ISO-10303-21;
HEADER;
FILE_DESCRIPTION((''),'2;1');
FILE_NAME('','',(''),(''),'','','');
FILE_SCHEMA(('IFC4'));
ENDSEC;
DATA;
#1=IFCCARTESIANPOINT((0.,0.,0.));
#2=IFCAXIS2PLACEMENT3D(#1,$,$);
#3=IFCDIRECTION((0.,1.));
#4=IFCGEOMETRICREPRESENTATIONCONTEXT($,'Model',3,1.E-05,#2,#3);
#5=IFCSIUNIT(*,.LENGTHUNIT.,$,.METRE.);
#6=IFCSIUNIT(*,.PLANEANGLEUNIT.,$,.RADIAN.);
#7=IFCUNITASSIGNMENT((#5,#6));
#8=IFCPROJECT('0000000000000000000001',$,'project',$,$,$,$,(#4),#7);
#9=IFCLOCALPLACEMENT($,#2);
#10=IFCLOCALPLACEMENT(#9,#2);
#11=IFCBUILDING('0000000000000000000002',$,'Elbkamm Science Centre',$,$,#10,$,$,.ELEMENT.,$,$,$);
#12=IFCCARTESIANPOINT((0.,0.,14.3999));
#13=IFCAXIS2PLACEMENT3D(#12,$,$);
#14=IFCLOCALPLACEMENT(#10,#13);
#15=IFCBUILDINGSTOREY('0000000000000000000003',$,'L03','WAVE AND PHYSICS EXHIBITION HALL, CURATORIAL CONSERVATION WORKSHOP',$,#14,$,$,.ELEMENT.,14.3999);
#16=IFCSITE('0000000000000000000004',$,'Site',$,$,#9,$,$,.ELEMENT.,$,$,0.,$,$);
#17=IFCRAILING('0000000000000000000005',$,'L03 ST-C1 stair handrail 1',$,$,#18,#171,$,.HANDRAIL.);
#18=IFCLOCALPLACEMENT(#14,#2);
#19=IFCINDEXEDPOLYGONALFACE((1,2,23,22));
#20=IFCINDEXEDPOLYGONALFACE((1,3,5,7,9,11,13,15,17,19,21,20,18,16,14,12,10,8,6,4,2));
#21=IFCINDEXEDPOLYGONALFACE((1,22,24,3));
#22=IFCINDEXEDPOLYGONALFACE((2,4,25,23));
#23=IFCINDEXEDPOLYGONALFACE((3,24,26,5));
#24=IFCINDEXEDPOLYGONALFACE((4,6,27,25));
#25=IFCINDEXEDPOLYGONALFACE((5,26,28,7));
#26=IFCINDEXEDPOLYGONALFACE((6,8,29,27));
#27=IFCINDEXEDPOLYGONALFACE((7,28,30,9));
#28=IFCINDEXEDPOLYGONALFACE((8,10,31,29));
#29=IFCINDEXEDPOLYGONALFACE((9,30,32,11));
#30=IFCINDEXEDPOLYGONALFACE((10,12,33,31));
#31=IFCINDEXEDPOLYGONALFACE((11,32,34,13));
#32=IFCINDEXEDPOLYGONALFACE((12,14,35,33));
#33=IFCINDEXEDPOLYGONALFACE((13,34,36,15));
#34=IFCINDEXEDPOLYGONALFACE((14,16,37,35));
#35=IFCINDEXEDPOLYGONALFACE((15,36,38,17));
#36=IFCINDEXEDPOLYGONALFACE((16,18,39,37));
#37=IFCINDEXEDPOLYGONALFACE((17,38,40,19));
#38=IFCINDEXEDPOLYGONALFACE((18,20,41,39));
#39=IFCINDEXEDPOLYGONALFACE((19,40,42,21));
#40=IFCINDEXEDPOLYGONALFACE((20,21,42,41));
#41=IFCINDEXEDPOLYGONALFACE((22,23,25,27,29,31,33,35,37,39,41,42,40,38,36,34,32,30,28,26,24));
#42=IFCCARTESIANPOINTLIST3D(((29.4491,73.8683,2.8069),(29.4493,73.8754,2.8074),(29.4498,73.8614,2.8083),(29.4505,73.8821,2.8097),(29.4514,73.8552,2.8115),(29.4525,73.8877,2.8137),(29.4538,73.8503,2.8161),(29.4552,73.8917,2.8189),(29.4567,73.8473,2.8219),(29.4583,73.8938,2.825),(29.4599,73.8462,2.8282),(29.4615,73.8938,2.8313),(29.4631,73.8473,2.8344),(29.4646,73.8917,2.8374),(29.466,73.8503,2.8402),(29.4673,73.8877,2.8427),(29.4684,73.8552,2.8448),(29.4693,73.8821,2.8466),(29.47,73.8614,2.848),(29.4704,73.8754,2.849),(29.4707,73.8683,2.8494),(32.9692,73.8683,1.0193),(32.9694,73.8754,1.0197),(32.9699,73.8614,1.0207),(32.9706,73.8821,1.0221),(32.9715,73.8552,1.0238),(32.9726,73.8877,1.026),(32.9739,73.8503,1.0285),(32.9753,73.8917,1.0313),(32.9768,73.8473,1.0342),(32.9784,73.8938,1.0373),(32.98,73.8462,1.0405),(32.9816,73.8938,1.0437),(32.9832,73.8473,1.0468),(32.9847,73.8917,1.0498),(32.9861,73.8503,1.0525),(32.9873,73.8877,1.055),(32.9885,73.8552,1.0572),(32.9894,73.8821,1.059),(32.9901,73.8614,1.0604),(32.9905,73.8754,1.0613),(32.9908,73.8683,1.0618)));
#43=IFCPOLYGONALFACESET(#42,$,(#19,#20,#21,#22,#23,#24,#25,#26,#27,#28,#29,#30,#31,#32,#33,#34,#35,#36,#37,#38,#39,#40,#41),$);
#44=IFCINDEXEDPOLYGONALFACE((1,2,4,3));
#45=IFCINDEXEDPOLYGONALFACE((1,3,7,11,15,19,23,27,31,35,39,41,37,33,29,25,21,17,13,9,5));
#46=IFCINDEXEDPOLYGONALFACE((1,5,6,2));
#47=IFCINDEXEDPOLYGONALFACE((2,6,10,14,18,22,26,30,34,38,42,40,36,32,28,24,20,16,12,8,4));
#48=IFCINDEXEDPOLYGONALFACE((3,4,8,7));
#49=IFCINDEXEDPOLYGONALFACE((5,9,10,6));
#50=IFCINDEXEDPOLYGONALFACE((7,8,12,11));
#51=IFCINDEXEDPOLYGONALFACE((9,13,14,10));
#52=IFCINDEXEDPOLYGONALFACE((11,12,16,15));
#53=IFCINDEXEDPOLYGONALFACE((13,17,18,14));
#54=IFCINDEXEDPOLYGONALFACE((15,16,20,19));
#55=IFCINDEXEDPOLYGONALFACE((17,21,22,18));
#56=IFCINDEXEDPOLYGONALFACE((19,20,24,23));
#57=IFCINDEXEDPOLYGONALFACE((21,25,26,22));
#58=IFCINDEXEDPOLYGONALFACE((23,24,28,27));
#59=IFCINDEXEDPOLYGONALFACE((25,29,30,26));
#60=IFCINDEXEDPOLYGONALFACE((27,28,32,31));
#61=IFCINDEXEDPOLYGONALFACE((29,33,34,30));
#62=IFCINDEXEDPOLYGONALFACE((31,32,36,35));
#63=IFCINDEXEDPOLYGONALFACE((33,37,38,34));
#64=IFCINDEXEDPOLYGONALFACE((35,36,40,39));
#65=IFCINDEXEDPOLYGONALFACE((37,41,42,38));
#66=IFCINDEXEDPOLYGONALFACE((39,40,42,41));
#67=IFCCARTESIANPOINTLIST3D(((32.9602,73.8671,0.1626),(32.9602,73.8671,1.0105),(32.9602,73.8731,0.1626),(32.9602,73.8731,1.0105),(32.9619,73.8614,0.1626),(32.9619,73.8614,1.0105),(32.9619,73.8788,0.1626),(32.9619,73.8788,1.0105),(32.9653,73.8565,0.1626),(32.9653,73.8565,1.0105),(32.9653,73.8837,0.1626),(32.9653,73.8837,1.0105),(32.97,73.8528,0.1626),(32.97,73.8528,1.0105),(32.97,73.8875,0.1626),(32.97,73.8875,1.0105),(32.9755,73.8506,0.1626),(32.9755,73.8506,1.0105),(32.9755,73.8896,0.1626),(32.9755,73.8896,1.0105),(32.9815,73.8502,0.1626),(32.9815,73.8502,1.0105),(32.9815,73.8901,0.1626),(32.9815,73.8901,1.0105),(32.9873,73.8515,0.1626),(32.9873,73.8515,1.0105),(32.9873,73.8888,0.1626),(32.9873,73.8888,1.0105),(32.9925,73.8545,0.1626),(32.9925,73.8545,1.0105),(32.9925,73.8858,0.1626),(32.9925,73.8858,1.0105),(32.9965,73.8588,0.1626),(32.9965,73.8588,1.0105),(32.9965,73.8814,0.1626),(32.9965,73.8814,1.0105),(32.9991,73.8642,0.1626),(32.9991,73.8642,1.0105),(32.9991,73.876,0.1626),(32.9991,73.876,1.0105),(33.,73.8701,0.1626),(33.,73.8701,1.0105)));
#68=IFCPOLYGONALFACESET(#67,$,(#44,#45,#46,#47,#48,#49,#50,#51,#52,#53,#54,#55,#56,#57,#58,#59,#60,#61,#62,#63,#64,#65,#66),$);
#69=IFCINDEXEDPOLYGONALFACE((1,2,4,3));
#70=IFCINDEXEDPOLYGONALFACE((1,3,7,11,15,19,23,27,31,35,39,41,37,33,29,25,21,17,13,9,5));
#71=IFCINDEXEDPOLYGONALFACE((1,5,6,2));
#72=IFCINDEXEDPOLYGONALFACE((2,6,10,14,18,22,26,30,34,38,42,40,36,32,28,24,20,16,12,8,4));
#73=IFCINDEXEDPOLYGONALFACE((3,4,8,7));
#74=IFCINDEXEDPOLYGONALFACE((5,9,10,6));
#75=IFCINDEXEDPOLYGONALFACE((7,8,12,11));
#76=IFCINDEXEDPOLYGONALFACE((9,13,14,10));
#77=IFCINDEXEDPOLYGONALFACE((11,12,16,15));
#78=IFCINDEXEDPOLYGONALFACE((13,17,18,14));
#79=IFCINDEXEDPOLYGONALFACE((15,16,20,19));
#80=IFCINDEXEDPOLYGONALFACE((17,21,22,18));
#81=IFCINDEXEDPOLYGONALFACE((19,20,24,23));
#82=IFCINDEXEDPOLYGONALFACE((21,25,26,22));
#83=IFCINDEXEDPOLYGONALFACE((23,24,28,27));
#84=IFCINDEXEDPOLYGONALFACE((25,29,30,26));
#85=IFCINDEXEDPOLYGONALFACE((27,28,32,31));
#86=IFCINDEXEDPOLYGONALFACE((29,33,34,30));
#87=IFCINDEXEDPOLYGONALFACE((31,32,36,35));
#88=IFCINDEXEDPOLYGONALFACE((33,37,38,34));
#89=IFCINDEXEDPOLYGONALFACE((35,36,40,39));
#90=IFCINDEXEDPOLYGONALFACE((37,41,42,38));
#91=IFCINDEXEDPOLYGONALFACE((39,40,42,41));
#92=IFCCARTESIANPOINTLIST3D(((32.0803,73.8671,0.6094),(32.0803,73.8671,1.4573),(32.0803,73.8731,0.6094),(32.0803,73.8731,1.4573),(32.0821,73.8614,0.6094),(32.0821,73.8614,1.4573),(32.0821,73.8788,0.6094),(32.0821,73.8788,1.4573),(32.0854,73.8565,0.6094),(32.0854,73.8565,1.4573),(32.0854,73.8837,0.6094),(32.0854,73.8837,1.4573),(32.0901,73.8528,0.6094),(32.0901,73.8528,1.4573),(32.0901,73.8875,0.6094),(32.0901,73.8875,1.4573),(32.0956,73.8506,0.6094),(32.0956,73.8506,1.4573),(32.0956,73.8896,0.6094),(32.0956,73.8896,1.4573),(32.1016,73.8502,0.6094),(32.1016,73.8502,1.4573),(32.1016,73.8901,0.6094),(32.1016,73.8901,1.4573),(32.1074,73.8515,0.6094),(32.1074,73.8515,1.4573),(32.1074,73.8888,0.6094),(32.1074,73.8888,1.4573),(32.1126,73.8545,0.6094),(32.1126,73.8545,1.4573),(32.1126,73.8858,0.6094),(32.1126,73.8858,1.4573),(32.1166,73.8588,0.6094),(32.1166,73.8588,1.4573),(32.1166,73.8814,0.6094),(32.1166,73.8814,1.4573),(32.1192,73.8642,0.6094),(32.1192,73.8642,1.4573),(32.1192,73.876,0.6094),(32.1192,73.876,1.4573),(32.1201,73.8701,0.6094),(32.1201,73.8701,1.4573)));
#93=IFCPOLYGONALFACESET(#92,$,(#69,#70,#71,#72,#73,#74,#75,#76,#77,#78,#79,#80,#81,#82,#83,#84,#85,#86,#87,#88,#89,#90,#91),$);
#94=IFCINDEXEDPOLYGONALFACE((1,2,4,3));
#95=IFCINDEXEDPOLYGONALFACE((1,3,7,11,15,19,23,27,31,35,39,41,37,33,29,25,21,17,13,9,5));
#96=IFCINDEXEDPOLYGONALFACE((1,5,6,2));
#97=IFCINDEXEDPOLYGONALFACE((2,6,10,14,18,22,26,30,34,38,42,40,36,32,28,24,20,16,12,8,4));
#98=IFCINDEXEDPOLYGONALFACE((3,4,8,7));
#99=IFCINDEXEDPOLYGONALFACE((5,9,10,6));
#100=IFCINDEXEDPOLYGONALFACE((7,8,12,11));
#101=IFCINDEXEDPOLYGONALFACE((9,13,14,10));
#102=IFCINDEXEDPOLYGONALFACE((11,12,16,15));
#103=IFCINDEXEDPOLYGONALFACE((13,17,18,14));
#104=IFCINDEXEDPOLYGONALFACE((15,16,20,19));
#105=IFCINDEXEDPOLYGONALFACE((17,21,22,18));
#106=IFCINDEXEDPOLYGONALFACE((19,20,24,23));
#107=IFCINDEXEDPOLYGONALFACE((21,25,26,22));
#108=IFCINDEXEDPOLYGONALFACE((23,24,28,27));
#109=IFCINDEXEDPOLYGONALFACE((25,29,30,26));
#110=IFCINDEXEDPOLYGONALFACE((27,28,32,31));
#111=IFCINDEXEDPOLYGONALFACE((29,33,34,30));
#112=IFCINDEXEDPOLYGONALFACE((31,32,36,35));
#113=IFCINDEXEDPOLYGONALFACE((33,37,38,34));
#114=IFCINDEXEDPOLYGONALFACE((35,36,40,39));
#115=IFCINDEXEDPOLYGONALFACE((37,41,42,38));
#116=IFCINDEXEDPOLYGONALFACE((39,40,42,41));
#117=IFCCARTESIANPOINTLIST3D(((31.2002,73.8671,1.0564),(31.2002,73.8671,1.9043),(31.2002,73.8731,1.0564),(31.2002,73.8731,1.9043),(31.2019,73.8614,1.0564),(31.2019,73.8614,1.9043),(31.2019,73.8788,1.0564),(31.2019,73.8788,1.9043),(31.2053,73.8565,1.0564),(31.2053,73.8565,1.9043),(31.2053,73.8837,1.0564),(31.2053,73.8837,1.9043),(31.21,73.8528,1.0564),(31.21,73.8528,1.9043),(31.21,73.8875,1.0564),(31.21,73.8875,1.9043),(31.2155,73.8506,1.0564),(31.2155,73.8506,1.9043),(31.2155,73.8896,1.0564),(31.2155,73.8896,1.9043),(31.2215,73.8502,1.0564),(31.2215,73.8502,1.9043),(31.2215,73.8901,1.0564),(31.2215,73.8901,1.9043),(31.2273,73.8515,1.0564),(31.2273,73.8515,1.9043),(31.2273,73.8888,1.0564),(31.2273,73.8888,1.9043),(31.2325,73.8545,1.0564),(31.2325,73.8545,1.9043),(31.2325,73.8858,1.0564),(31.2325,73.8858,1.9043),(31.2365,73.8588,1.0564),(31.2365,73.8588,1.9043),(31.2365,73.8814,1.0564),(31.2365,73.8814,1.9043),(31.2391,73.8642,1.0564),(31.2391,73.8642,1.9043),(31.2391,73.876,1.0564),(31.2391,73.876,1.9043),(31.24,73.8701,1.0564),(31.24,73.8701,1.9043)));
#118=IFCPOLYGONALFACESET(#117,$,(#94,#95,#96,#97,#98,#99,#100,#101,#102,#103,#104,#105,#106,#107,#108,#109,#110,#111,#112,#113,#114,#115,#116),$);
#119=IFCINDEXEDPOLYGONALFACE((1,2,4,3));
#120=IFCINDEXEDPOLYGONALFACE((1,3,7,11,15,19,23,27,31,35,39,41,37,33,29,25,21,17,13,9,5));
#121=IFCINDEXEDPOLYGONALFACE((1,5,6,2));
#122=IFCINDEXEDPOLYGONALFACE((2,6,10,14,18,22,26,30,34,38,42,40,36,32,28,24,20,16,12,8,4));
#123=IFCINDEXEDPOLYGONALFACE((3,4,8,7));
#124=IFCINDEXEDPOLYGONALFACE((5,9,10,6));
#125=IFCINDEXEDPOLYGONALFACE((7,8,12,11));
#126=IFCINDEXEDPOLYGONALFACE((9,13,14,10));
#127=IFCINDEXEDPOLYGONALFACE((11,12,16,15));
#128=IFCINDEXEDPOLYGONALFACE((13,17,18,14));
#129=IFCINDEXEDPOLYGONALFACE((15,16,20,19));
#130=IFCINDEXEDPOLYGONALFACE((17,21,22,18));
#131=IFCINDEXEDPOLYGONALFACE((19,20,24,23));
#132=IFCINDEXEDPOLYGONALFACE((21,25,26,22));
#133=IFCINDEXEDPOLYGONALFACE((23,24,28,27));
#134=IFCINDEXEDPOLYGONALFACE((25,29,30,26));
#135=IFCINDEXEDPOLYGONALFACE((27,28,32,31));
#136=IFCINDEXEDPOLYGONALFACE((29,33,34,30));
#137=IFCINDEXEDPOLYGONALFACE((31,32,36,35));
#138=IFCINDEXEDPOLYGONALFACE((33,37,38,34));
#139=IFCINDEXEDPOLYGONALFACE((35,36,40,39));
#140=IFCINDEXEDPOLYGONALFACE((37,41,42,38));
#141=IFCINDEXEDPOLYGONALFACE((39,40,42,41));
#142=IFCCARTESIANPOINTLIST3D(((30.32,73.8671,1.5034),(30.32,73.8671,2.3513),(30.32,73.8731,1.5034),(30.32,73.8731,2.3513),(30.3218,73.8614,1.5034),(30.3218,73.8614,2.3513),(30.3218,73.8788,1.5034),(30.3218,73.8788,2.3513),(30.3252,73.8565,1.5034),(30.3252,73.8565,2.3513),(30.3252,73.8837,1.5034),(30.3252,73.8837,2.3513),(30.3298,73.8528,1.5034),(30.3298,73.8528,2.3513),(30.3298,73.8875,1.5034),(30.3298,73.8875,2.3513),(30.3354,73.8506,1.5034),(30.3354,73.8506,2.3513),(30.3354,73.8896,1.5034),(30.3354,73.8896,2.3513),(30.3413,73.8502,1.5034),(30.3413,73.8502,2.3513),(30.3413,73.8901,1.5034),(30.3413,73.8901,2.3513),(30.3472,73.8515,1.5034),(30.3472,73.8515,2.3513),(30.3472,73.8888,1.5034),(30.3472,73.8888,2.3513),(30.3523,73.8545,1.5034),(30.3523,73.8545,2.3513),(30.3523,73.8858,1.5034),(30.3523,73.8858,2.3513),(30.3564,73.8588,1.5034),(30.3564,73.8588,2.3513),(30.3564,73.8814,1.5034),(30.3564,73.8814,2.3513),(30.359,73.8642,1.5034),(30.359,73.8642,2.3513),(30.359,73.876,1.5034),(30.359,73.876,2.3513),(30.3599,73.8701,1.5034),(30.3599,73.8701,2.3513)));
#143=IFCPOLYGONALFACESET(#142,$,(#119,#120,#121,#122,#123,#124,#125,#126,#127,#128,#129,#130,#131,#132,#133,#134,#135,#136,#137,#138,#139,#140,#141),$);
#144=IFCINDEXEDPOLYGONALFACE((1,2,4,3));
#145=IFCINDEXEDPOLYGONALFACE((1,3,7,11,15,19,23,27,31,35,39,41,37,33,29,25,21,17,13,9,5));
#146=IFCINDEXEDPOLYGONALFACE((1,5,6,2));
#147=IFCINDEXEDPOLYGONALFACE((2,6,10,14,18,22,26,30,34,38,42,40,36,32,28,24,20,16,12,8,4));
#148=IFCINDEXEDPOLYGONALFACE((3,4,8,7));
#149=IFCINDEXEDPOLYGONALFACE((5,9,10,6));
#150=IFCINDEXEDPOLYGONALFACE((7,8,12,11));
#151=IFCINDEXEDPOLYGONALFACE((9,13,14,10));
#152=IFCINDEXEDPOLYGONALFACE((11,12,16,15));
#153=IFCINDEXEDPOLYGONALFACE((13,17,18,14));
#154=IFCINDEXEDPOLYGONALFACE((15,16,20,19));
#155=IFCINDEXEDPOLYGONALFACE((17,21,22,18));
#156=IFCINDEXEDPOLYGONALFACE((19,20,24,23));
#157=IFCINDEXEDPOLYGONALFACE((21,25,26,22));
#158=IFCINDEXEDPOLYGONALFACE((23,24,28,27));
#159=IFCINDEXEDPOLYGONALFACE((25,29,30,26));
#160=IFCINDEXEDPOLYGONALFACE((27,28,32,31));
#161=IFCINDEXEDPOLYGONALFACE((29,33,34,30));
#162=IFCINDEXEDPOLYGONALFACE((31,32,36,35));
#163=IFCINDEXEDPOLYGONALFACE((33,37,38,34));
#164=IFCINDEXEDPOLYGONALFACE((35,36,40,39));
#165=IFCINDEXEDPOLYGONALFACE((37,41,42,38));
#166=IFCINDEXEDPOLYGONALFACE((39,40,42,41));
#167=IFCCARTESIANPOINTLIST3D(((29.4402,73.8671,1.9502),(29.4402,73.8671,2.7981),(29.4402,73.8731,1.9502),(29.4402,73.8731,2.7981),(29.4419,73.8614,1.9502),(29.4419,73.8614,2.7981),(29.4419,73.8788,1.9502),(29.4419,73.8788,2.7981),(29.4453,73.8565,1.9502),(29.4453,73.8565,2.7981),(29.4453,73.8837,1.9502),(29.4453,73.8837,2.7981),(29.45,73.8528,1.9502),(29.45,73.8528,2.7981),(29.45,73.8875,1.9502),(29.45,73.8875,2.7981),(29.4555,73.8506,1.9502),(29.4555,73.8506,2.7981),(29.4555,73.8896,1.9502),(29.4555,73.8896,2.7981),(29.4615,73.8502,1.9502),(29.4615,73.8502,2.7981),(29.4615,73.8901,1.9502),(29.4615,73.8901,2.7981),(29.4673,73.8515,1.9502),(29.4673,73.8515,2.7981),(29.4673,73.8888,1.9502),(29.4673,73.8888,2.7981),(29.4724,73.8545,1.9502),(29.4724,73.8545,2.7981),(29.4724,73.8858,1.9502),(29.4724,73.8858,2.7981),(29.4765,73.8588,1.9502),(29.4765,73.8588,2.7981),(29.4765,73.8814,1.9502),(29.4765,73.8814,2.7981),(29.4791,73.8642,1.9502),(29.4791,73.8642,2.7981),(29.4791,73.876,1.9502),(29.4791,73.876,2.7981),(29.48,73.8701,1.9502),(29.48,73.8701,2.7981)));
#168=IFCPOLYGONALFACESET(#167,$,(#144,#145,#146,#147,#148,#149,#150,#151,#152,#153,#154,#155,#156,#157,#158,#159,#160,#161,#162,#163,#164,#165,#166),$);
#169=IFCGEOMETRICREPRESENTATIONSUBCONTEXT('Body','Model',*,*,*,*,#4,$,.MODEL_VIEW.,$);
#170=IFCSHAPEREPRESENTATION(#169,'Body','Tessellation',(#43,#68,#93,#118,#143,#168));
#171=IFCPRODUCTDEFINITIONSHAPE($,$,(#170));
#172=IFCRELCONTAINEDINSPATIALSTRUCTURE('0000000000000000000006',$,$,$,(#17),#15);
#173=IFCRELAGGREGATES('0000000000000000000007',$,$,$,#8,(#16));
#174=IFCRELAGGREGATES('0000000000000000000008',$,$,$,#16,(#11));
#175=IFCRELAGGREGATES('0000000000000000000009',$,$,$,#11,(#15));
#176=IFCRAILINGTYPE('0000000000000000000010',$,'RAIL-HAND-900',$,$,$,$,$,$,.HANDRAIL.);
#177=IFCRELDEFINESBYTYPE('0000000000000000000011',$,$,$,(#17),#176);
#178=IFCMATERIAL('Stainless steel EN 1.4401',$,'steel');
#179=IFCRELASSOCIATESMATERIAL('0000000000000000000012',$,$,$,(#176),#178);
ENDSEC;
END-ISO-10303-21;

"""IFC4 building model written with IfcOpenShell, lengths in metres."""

from ifc_helpers import new_model, si_unit, direction, frame, origin, origin_2d, place, context, subcontext, project, spatial, circle, extrude, material, type_object, element, save


model = new_model("IFC4")

# Units and contexts
model_context = context("Model", 3, precision=1e-05, world=origin(), true_north=direction((0.0, 1.0)))
body_context = subcontext(model_context, "Body", "Model", "MODEL_VIEW")
ifc_project = project(units=[si_unit("LENGTHUNIT", "METRE"), si_unit("PLANEANGLEUNIT", "RADIAN")], contexts=[model_context])

# Site, building, storey
site_placement = place(None, origin())
site = spatial("IfcSite", under=ifc_project, at=site_placement, Name="Site", CompositionType="ELEMENT", RefElevation=0.0)
building_placement = place(site_placement, origin())
building = spatial("IfcBuilding", under=site, at=building_placement, Name="Elbkamm Science Centre", CompositionType="ELEMENT")
storey_placement = place(building_placement, frame((0.0, 0.0, 14.3999)))
storey = spatial("IfcBuildingStorey", under=building, at=storey_placement, Name="L03", Description="WAVE AND PHYSICS EXHIBITION HALL, CURATORIAL CONSERVATION WORKSHOP", CompositionType="ELEMENT", Elevation=14.3999)

# Railing
ifc_material_1 = material(Name="Stainless steel EN 1.4401", Category="steel")
railing_type_1 = type_object("IfcRailingType", Name="RAIL-HAND-900", PredefinedType="HANDRAIL", material=ifc_material_1)
railing_1_placement = place(storey_placement, frame((32.98, 73.8701, 0.1626)))
element("IfcRailing", 1, at=railing_1_placement, inside=storey, type_object=railing_type_1, Name="L03 ST-C1 stair handrail 1", PredefinedType="HANDRAIL", context=body_context, shape_type="SweptSolid", body=[
    extrude(circle(Radius=0.0239, at=origin_2d()), frame((0.0, 0.0, 0.8779), z_axis=(-0.891615, 0.0, 0.452795), x_axis=(0.0, -1.0, 0.0)), (0.0, 0.0, 1.0), 3.948),
    extrude(circle(Radius=0.02, at=origin_2d()), origin(), (0.0, 0.0, 1.0), 0.8479),
    extrude(circle(Radius=0.02, at=origin_2d()), frame((-0.8799, 0.0, 0.4468)), (0.0, 0.0, 1.0), 0.8479),
    extrude(circle(Radius=0.02, at=origin_2d()), frame((-1.76, 0.0, 0.8938)), (0.0, 0.0, 1.0), 0.8479),
    extrude(circle(Radius=0.02, at=origin_2d()), frame((-2.6401, 0.0, 1.3408)), (0.0, 0.0, 1.0), 0.8479),
    extrude(circle(Radius=0.02, at=origin_2d()), frame((-3.52, 0.0, 1.7876)), (0.0, 0.0, 1.0), 0.8479),
])

save(model, "model.ifc")
